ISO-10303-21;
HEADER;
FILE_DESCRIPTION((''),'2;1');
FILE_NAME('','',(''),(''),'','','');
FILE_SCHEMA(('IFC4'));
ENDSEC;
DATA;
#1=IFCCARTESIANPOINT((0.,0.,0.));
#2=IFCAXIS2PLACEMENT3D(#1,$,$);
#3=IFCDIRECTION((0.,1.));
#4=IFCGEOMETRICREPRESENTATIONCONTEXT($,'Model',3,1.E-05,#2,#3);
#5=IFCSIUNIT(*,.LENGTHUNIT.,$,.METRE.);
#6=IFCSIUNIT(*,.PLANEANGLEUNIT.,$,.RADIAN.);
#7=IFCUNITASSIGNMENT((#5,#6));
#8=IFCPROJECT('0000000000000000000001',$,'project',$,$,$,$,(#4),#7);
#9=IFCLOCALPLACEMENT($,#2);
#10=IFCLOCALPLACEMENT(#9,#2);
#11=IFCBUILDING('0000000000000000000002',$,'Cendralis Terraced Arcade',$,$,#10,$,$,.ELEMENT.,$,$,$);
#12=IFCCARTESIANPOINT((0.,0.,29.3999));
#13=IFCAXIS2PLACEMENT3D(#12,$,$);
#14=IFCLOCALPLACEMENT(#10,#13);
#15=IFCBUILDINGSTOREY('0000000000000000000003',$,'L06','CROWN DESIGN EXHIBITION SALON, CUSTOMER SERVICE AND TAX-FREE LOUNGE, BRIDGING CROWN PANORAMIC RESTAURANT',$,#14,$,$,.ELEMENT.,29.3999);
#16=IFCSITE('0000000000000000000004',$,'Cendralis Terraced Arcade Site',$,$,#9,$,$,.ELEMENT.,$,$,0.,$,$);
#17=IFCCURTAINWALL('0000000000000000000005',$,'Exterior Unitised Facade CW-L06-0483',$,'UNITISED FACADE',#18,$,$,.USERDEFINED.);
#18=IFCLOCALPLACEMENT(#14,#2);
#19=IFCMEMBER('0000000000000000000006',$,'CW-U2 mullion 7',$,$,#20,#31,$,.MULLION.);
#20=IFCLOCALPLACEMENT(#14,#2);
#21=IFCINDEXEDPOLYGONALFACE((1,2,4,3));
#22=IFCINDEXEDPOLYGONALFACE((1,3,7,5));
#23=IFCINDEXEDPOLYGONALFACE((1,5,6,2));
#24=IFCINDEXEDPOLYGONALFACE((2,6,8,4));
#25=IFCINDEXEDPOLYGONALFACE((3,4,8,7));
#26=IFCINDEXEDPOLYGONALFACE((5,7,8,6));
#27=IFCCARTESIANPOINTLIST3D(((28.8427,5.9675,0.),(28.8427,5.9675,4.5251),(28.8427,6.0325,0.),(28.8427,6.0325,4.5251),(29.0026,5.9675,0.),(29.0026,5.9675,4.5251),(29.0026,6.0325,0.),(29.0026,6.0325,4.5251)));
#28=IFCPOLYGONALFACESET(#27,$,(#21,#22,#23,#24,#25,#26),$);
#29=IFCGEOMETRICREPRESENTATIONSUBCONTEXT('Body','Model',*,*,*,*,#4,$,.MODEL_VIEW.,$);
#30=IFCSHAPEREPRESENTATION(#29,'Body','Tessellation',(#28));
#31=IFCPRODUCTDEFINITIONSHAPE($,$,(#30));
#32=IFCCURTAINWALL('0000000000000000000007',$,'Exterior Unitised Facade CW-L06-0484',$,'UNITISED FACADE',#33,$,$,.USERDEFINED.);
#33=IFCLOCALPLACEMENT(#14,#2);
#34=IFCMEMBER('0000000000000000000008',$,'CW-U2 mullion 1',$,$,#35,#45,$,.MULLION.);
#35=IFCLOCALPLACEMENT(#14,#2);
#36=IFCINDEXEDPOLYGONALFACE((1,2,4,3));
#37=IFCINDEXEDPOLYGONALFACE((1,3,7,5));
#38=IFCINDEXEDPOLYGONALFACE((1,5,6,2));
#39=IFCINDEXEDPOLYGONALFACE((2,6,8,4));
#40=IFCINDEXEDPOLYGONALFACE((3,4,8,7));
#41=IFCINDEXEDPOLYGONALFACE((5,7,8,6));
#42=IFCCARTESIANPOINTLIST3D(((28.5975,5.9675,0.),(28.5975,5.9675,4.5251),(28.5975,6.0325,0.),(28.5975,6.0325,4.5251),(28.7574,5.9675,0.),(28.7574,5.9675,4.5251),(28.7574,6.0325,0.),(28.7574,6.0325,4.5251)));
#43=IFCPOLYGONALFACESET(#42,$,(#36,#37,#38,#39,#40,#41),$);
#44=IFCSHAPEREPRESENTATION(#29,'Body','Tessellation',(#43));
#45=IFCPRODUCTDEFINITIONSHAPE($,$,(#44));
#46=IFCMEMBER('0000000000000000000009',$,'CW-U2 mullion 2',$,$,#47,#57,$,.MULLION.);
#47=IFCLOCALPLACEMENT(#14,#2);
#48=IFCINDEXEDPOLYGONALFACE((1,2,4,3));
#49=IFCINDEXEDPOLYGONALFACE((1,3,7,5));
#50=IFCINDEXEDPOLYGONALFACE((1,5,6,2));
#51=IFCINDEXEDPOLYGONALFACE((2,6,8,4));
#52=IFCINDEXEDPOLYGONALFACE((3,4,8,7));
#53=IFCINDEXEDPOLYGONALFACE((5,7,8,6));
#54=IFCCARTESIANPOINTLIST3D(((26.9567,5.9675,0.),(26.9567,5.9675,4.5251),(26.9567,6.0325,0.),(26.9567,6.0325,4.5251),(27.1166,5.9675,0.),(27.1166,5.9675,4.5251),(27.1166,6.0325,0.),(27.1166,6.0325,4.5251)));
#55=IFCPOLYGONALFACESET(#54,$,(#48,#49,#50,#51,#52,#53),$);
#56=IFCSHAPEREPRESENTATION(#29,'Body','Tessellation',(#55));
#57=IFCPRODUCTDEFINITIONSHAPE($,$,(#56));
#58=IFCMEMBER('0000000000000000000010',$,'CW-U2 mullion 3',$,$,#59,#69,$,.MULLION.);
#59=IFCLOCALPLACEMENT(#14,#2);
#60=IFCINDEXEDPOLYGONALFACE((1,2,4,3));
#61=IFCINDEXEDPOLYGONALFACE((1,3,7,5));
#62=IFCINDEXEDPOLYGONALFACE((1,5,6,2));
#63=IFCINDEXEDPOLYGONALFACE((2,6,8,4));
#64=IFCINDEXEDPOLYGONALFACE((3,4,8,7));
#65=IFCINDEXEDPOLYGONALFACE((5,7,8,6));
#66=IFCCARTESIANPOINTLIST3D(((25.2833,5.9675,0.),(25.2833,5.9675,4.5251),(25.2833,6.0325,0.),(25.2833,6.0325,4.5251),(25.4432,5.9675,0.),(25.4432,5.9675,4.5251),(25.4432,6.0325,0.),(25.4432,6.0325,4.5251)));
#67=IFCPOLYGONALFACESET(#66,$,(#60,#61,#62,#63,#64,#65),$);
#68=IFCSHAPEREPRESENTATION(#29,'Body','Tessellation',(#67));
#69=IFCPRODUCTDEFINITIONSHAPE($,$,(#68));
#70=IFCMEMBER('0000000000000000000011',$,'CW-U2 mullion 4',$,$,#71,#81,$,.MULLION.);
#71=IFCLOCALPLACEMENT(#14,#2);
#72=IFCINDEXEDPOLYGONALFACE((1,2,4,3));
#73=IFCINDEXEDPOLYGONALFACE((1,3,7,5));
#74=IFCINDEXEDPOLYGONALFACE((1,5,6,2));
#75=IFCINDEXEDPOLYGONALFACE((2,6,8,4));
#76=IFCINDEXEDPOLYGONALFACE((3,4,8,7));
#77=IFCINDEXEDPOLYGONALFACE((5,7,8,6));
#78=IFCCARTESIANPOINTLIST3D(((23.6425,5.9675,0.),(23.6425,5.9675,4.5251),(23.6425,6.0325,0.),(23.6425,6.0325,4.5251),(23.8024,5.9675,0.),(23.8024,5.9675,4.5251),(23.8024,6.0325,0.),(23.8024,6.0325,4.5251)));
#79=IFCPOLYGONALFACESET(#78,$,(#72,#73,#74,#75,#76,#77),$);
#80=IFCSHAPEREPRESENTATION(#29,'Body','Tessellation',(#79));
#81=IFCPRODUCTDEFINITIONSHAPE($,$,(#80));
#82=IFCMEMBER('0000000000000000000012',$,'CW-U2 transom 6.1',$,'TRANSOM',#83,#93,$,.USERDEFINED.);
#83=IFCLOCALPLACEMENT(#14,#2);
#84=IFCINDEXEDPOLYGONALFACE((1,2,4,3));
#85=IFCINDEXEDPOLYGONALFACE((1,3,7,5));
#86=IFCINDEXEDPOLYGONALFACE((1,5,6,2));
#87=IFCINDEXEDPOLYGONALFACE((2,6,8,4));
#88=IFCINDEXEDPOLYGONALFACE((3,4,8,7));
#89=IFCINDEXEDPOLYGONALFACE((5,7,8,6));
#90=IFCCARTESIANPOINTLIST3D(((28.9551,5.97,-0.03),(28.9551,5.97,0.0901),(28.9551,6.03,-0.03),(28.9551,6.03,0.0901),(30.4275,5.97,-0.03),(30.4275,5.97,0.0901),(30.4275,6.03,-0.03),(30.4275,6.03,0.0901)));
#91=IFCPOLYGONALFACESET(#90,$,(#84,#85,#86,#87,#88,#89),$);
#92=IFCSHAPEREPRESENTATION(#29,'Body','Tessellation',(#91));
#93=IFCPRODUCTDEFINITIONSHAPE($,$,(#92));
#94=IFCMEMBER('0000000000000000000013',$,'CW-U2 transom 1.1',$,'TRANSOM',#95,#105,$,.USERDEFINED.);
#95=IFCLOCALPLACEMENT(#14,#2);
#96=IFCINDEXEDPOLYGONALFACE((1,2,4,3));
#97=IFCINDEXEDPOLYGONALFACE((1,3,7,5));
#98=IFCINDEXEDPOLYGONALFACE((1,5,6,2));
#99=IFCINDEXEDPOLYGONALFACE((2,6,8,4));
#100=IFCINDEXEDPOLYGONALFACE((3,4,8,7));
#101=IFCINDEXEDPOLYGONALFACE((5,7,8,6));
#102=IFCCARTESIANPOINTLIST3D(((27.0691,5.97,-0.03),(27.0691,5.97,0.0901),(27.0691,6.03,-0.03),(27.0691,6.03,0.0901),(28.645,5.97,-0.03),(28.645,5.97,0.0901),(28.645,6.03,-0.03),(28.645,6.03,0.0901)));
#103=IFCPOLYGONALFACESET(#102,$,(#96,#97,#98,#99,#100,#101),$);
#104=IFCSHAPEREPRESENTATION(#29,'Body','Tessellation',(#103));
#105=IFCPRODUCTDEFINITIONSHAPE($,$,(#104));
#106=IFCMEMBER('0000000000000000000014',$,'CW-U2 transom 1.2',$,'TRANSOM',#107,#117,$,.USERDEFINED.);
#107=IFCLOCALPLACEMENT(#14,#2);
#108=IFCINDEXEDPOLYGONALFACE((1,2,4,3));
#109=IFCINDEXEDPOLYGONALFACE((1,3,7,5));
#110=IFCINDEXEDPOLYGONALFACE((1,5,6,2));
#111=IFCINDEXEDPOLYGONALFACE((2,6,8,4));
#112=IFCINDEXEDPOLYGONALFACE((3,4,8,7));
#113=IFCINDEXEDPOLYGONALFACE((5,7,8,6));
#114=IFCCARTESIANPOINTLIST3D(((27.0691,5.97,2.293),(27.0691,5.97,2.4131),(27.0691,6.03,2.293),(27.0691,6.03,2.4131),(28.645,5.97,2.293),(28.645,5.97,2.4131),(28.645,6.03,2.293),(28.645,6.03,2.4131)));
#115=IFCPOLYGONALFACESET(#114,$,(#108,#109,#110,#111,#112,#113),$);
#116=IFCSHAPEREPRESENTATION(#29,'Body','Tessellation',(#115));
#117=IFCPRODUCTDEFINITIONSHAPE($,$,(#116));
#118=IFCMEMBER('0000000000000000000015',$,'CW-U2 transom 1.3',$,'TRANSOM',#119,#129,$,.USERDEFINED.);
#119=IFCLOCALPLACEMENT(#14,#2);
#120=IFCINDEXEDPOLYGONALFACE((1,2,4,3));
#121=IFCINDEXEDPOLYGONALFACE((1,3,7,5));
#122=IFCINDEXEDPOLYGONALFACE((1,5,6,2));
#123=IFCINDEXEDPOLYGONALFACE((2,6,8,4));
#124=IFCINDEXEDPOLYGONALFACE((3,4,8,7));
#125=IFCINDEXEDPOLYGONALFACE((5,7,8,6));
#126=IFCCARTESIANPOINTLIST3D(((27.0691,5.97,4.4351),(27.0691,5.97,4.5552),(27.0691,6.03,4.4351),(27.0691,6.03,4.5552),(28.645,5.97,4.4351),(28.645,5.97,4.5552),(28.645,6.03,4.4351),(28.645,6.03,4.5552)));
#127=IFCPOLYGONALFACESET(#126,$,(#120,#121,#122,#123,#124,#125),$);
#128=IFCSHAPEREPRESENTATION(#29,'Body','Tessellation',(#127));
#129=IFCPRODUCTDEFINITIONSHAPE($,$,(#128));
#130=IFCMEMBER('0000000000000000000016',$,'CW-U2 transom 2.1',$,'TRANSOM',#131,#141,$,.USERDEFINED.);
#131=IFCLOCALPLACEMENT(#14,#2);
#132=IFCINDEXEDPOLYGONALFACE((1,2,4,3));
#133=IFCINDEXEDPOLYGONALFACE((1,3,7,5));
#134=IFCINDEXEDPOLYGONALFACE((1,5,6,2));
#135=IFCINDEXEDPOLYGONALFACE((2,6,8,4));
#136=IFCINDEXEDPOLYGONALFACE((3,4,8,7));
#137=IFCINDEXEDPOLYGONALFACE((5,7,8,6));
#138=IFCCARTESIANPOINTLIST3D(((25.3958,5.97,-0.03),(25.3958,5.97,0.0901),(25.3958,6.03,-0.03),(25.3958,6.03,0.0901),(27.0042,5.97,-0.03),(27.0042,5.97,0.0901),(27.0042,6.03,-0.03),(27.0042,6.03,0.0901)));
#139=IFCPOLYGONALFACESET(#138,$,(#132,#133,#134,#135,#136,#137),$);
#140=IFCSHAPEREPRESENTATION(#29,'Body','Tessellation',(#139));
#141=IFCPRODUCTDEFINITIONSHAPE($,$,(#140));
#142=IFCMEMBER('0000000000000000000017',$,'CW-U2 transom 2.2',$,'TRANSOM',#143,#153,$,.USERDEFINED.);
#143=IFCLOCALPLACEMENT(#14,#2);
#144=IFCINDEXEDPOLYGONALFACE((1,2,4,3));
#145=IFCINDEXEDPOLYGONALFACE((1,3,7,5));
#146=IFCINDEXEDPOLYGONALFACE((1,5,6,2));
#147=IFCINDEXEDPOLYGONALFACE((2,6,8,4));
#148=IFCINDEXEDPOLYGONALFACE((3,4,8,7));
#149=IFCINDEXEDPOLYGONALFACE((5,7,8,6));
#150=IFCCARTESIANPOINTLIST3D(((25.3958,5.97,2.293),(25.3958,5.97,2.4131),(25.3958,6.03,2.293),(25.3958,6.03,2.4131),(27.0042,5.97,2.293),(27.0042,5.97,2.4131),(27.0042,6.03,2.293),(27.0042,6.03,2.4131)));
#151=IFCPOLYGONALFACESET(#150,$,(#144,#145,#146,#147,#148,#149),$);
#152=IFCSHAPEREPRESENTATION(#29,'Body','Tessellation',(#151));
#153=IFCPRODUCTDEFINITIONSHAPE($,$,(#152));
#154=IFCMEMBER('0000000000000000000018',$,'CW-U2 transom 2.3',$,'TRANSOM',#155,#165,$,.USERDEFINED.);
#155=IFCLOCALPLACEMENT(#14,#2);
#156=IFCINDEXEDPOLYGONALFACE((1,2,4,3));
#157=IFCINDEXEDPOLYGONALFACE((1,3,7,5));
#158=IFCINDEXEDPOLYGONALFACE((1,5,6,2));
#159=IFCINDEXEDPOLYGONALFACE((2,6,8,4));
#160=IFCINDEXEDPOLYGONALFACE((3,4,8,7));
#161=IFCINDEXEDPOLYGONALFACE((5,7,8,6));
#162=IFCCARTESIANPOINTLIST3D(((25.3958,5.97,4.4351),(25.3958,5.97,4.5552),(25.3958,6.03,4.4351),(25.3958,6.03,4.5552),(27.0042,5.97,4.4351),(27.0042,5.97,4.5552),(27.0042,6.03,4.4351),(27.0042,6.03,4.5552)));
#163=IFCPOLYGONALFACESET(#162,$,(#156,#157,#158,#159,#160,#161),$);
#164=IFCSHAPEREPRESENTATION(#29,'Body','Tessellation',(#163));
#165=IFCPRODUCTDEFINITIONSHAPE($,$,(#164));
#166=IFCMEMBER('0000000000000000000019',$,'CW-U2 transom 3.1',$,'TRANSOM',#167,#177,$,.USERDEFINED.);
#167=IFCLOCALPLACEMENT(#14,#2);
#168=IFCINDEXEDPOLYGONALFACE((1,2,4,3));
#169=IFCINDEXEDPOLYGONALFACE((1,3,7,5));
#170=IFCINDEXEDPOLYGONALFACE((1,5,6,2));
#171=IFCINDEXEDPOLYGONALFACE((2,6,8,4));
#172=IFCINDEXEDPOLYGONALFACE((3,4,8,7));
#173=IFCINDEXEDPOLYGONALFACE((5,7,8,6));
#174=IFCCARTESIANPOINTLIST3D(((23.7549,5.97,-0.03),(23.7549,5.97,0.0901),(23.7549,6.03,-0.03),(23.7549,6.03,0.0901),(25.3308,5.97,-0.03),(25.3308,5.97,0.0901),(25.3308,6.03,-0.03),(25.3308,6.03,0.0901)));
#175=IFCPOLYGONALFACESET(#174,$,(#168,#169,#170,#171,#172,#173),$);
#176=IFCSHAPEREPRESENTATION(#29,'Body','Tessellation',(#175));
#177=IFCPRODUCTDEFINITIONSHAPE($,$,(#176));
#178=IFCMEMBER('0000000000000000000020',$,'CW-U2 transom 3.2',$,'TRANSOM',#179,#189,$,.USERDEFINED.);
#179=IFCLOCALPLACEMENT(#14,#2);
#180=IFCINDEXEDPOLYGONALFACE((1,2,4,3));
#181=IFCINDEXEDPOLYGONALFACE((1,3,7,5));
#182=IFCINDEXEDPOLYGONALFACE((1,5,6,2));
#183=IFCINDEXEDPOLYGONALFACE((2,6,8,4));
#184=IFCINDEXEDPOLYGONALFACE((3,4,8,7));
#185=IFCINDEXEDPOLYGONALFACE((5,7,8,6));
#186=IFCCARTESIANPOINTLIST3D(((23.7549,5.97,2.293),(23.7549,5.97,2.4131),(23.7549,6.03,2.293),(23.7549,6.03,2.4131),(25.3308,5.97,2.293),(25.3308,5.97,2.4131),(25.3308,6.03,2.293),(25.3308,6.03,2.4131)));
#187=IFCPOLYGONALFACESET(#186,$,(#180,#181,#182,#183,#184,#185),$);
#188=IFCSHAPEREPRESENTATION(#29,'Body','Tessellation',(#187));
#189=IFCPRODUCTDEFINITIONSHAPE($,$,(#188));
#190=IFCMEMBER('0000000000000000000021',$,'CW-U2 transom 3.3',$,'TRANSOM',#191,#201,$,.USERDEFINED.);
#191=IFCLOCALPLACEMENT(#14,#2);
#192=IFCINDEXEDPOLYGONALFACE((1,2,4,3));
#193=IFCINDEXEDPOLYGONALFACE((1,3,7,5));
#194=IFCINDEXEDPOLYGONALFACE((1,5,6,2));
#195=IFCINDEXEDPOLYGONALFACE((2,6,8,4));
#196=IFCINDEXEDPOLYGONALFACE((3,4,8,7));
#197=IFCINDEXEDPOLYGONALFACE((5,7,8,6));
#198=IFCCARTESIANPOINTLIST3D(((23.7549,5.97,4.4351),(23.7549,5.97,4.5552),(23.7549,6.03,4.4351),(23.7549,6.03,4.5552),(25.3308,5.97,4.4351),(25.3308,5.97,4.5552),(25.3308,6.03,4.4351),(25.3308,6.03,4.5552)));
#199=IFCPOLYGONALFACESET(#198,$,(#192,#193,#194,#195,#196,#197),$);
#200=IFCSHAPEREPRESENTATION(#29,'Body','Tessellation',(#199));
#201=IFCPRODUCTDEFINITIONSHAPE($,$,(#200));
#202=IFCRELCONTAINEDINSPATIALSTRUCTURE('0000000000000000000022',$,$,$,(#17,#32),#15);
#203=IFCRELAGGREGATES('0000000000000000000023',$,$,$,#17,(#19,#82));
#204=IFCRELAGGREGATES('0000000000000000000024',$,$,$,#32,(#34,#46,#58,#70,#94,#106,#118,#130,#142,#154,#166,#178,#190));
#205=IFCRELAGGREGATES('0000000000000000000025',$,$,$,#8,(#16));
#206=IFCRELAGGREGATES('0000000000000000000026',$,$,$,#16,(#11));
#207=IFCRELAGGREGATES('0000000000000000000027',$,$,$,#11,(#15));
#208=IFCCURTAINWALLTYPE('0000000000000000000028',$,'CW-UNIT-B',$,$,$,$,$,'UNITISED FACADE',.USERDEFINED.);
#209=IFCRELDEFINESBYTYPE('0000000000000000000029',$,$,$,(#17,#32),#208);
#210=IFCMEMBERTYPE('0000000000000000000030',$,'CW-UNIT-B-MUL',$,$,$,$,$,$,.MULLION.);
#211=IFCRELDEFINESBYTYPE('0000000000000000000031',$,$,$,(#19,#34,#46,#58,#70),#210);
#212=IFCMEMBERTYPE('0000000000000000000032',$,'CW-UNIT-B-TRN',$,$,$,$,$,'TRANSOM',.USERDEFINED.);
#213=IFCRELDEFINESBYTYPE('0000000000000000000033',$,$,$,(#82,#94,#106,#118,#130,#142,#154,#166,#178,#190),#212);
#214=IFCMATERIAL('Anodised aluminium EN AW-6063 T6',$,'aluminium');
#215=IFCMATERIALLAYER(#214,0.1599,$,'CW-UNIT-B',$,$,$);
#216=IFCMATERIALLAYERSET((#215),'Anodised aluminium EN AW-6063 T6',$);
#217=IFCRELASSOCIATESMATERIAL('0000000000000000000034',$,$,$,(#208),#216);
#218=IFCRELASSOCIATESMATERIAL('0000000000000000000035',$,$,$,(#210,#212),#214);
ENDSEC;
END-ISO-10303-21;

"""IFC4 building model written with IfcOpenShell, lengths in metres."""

from ifc_helpers import new_model, si_unit, direction, frame, origin, origin_2d, place, context, subcontext, project, spatial, rectangle, extrude, material, layer, layer_set, material_profile, profile_set, type_object, element, aggregate, save


model = new_model("IFC4")

# Units and contexts
model_context = context("Model", 3, precision=1e-05, world=origin(), true_north=direction((0.0, 1.0)))
body_context = subcontext(model_context, "Body", "Model", "MODEL_VIEW")
ifc_project = project(units=[si_unit("LENGTHUNIT", "METRE"), si_unit("PLANEANGLEUNIT", "RADIAN")], contexts=[model_context])

# Site, building, storey
site_placement = place(None, origin())
site = spatial("IfcSite", under=ifc_project, at=site_placement, Name="Cendralis Terraced Arcade Site", CompositionType="ELEMENT", RefElevation=0.0)
building_placement = place(site_placement, origin())
building = spatial("IfcBuilding", under=site, at=building_placement, Name="Cendralis Terraced Arcade", CompositionType="ELEMENT")
storey_placement = place(building_placement, frame((0.0, 0.0, 29.3999)))
storey = spatial("IfcBuildingStorey", under=building, at=storey_placement, Name="L06", Description="CROWN DESIGN EXHIBITION SALON, CUSTOMER SERVICE AND TAX-FREE LOUNGE, BRIDGING CROWN PANORAMIC RESTAURANT", CompositionType="ELEMENT", Elevation=29.3999)

# Curtain wall, member
ifc_material_1 = material(Name="Anodised aluminium EN AW-6063 T6", Category="aluminium")
ifc_layer_1 = layer(ifc_material_1, 0.1599, Name="CW-UNIT-B")
ifc_layer_set_1 = layer_set([ifc_layer_1], Name="Anodised aluminium EN AW-6063 T6")
curtain_wall_type = type_object("IfcCurtainWallType", Name="CW-UNIT-B", ElementType="UNITISED FACADE", PredefinedType="USERDEFINED", material=ifc_layer_set_1)
curtain_wall_1_placement = place(storey_placement, origin())
curtain_wall_1 = element("IfcCurtainWall", 1, at=curtain_wall_1_placement, inside=storey, type_object=curtain_wall_type, Name="Exterior Unitised Facade CW-L06-0483", ObjectType="UNITISED FACADE", PredefinedType="USERDEFINED")
ifc_material_profile_1 = material_profile(ifc_material_1, rectangle(XDim=0.0649, YDim=0.1599, at=origin_2d()), Name="ALU-MUL-65x160")
ifc_profile_set_1 = profile_set([ifc_material_profile_1], Name="Anodised aluminium EN AW-6063 T6")
member_type_1 = type_object("IfcMemberType", Name="CW-UNIT-B-MUL", PredefinedType="MULLION", material=ifc_profile_set_1)
member_1_placement = place(storey_placement, frame((28.9226, 6.0, 0.0), z_axis=(0.0, 0.0, 1.0), x_axis=(0.0, -1.0, 0.0)))
member_1 = element("IfcMember", 2, at=member_1_placement, type_object=member_type_1, Name="CW-U2 mullion 7", PredefinedType="MULLION", context=body_context, shape_type="SweptSolid", body=[
    extrude(rectangle(XDim=0.0649, YDim=0.1599, at=origin_2d()), origin(), (0.0, 0.0, 1.0), 4.5251),
])

# Curtain wall, members
curtain_wall_2_placement = place(storey_placement, origin())
curtain_wall_2 = element("IfcCurtainWall", 3, at=curtain_wall_2_placement, inside=storey, type_object=curtain_wall_type, Name="Exterior Unitised Facade CW-L06-0484", ObjectType="UNITISED FACADE", PredefinedType="USERDEFINED")
member_2_placement = place(storey_placement, frame((28.6775, 6.0, 0.0), z_axis=(0.0, 0.0, 1.0), x_axis=(0.0, -1.0, 0.0)))
member_2 = element("IfcMember", 4, at=member_2_placement, type_object=member_type_1, Name="CW-U2 mullion 1", PredefinedType="MULLION", context=body_context, shape_type="SweptSolid", body=[
    extrude(rectangle(XDim=0.0649, YDim=0.1599, at=origin_2d()), origin(), (0.0, 0.0, 1.0), 4.5251),
])
member_3_placement = place(storey_placement, frame((27.0366, 6.0, 0.0), z_axis=(0.0, 0.0, 1.0), x_axis=(0.0, -1.0, 0.0)))
member_3 = element("IfcMember", 5, at=member_3_placement, type_object=member_type_1, Name="CW-U2 mullion 2", PredefinedType="MULLION", context=body_context, shape_type="SweptSolid", body=[
    extrude(rectangle(XDim=0.0649, YDim=0.1599, at=origin_2d()), origin(), (0.0, 0.0, 1.0), 4.5251),
])
member_4_placement = place(storey_placement, frame((25.3633, 6.0, 0.0), z_axis=(0.0, 0.0, 1.0), x_axis=(0.0, -1.0, 0.0)))
member_4 = element("IfcMember", 6, at=member_4_placement, type_object=member_type_1, Name="CW-U2 mullion 3", PredefinedType="MULLION", context=body_context, shape_type="SweptSolid", body=[
    extrude(rectangle(XDim=0.0649, YDim=0.1599, at=origin_2d()), origin(), (0.0, 0.0, 1.0), 4.5251),
])
member_5_placement = place(storey_placement, frame((23.7224, 6.0, 0.0), z_axis=(0.0, 0.0, 1.0), x_axis=(0.0, -1.0, 0.0)))
member_5 = element("IfcMember", 7, at=member_5_placement, type_object=member_type_1, Name="CW-U2 mullion 4", PredefinedType="MULLION", context=body_context, shape_type="SweptSolid", body=[
    extrude(rectangle(XDim=0.0649, YDim=0.1599, at=origin_2d()), origin(), (0.0, 0.0, 1.0), 4.5251),
])

# Members
ifc_material_profile_2 = material_profile(ifc_material_1, rectangle(XDim=0.0601, YDim=0.1201, at=origin_2d()), Name="ALU-TRN-60x120")
ifc_profile_set_2 = profile_set([ifc_material_profile_2], Name="Anodised aluminium EN AW-6063 T6")
member_type_2 = type_object("IfcMemberType", Name="CW-UNIT-B-TRN", ElementType="TRANSOM", PredefinedType="USERDEFINED", material=ifc_profile_set_2)
member_6_placement = place(storey_placement, frame((30.4275, 6.0, 0.03), z_axis=(-1.0, 0.0, 0.0), x_axis=(0.0, -1.0, 0.0)))
member_6 = element("IfcMember", 8, at=member_6_placement, type_object=member_type_2, Name="CW-U2 transom 6.1", ObjectType="TRANSOM", PredefinedType="USERDEFINED", context=body_context, shape_type="SweptSolid", body=[
    extrude(rectangle(XDim=0.0601, YDim=0.1201, at=origin_2d()), origin(), (0.0, 0.0, 1.0), 1.4724),
])
member_7_placement = place(storey_placement, frame((28.645, 6.0, 0.03), z_axis=(-1.0, 0.0, 0.0), x_axis=(0.0, -1.0, 0.0)))
member_7 = element("IfcMember", 9, at=member_7_placement, type_object=member_type_2, Name="CW-U2 transom 1.1", ObjectType="TRANSOM", PredefinedType="USERDEFINED", context=body_context, shape_type="SweptSolid", body=[
    extrude(rectangle(XDim=0.0601, YDim=0.1201, at=origin_2d()), origin(), (0.0, 0.0, 1.0), 1.5759),
])
member_8_placement = place(storey_placement, frame((28.645, 6.0, 2.353), z_axis=(-1.0, 0.0, 0.0), x_axis=(0.0, -1.0, 0.0)))
member_8 = element("IfcMember", 10, at=member_8_placement, type_object=member_type_2, Name="CW-U2 transom 1.2", ObjectType="TRANSOM", PredefinedType="USERDEFINED", context=body_context, shape_type="SweptSolid", body=[
    extrude(rectangle(XDim=0.0601, YDim=0.1201, at=origin_2d()), origin(), (0.0, 0.0, 1.0), 1.5759),
])
member_9_placement = place(storey_placement, frame((28.645, 6.0, 4.4951), z_axis=(-1.0, 0.0, 0.0), x_axis=(0.0, -1.0, 0.0)))
member_9 = element("IfcMember", 11, at=member_9_placement, type_object=member_type_2, Name="CW-U2 transom 1.3", ObjectType="TRANSOM", PredefinedType="USERDEFINED", context=body_context, shape_type="SweptSolid", body=[
    extrude(rectangle(XDim=0.0601, YDim=0.1201, at=origin_2d()), origin(), (0.0, 0.0, 1.0), 1.5759),
])
member_10_placement = place(storey_placement, frame((27.0042, 6.0, 0.03), z_axis=(-1.0, 0.0, 0.0), x_axis=(0.0, -1.0, 0.0)))
member_10 = element("IfcMember", 12, at=member_10_placement, type_object=member_type_2, Name="CW-U2 transom 2.1", ObjectType="TRANSOM", PredefinedType="USERDEFINED", context=body_context, shape_type="SweptSolid", body=[
    extrude(rectangle(XDim=0.0601, YDim=0.1201, at=origin_2d()), origin(), (0.0, 0.0, 1.0), 1.6084),
])
member_11_placement = place(storey_placement, frame((27.0042, 6.0, 2.353), z_axis=(-1.0, 0.0, 0.0), x_axis=(0.0, -1.0, 0.0)))
member_11 = element("IfcMember", 13, at=member_11_placement, type_object=member_type_2, Name="CW-U2 transom 2.2", ObjectType="TRANSOM", PredefinedType="USERDEFINED", context=body_context, shape_type="SweptSolid", body=[
    extrude(rectangle(XDim=0.0601, YDim=0.1201, at=origin_2d()), origin(), (0.0, 0.0, 1.0), 1.6084),
])
member_12_placement = place(storey_placement, frame((27.0042, 6.0, 4.4951), z_axis=(-1.0, 0.0, 0.0), x_axis=(0.0, -1.0, 0.0)))
member_12 = element("IfcMember", 14, at=member_12_placement, type_object=member_type_2, Name="CW-U2 transom 2.3", ObjectType="TRANSOM", PredefinedType="USERDEFINED", context=body_context, shape_type="SweptSolid", body=[
    extrude(rectangle(XDim=0.0601, YDim=0.1201, at=origin_2d()), origin(), (0.0, 0.0, 1.0), 1.6084),
])
member_13_placement = place(storey_placement, frame((25.3308, 6.0, 0.03), z_axis=(-1.0, 0.0, 0.0), x_axis=(0.0, -1.0, 0.0)))
member_13 = element("IfcMember", 15, at=member_13_placement, type_object=member_type_2, Name="CW-U2 transom 3.1", ObjectType="TRANSOM", PredefinedType="USERDEFINED", context=body_context, shape_type="SweptSolid", body=[
    extrude(rectangle(XDim=0.0601, YDim=0.1201, at=origin_2d()), origin(), (0.0, 0.0, 1.0), 1.5759),
])
member_14_placement = place(storey_placement, frame((25.3308, 6.0, 2.353), z_axis=(-1.0, 0.0, 0.0), x_axis=(0.0, -1.0, 0.0)))
member_14 = element("IfcMember", 16, at=member_14_placement, type_object=member_type_2, Name="CW-U2 transom 3.2", ObjectType="TRANSOM", PredefinedType="USERDEFINED", context=body_context, shape_type="SweptSolid", body=[
    extrude(rectangle(XDim=0.0601, YDim=0.1201, at=origin_2d()), origin(), (0.0, 0.0, 1.0), 1.5759),
])
member_15_placement = place(storey_placement, frame((25.3308, 6.0, 4.4951), z_axis=(-1.0, 0.0, 0.0), x_axis=(0.0, -1.0, 0.0)))
member_15 = element("IfcMember", 17, at=member_15_placement, type_object=member_type_2, Name="CW-U2 transom 3.3", ObjectType="TRANSOM", PredefinedType="USERDEFINED", context=body_context, shape_type="SweptSolid", body=[
    extrude(rectangle(XDim=0.0601, YDim=0.1201, at=origin_2d()), origin(), (0.0, 0.0, 1.0), 1.5759),
])

aggregate(curtain_wall_1, [member_1, member_6])
aggregate(curtain_wall_2, [member_2, member_3, member_4, member_5, member_7, member_8, member_9, member_10, member_11, member_12, member_13, member_14, member_15])

save(model, "model.ifc")
